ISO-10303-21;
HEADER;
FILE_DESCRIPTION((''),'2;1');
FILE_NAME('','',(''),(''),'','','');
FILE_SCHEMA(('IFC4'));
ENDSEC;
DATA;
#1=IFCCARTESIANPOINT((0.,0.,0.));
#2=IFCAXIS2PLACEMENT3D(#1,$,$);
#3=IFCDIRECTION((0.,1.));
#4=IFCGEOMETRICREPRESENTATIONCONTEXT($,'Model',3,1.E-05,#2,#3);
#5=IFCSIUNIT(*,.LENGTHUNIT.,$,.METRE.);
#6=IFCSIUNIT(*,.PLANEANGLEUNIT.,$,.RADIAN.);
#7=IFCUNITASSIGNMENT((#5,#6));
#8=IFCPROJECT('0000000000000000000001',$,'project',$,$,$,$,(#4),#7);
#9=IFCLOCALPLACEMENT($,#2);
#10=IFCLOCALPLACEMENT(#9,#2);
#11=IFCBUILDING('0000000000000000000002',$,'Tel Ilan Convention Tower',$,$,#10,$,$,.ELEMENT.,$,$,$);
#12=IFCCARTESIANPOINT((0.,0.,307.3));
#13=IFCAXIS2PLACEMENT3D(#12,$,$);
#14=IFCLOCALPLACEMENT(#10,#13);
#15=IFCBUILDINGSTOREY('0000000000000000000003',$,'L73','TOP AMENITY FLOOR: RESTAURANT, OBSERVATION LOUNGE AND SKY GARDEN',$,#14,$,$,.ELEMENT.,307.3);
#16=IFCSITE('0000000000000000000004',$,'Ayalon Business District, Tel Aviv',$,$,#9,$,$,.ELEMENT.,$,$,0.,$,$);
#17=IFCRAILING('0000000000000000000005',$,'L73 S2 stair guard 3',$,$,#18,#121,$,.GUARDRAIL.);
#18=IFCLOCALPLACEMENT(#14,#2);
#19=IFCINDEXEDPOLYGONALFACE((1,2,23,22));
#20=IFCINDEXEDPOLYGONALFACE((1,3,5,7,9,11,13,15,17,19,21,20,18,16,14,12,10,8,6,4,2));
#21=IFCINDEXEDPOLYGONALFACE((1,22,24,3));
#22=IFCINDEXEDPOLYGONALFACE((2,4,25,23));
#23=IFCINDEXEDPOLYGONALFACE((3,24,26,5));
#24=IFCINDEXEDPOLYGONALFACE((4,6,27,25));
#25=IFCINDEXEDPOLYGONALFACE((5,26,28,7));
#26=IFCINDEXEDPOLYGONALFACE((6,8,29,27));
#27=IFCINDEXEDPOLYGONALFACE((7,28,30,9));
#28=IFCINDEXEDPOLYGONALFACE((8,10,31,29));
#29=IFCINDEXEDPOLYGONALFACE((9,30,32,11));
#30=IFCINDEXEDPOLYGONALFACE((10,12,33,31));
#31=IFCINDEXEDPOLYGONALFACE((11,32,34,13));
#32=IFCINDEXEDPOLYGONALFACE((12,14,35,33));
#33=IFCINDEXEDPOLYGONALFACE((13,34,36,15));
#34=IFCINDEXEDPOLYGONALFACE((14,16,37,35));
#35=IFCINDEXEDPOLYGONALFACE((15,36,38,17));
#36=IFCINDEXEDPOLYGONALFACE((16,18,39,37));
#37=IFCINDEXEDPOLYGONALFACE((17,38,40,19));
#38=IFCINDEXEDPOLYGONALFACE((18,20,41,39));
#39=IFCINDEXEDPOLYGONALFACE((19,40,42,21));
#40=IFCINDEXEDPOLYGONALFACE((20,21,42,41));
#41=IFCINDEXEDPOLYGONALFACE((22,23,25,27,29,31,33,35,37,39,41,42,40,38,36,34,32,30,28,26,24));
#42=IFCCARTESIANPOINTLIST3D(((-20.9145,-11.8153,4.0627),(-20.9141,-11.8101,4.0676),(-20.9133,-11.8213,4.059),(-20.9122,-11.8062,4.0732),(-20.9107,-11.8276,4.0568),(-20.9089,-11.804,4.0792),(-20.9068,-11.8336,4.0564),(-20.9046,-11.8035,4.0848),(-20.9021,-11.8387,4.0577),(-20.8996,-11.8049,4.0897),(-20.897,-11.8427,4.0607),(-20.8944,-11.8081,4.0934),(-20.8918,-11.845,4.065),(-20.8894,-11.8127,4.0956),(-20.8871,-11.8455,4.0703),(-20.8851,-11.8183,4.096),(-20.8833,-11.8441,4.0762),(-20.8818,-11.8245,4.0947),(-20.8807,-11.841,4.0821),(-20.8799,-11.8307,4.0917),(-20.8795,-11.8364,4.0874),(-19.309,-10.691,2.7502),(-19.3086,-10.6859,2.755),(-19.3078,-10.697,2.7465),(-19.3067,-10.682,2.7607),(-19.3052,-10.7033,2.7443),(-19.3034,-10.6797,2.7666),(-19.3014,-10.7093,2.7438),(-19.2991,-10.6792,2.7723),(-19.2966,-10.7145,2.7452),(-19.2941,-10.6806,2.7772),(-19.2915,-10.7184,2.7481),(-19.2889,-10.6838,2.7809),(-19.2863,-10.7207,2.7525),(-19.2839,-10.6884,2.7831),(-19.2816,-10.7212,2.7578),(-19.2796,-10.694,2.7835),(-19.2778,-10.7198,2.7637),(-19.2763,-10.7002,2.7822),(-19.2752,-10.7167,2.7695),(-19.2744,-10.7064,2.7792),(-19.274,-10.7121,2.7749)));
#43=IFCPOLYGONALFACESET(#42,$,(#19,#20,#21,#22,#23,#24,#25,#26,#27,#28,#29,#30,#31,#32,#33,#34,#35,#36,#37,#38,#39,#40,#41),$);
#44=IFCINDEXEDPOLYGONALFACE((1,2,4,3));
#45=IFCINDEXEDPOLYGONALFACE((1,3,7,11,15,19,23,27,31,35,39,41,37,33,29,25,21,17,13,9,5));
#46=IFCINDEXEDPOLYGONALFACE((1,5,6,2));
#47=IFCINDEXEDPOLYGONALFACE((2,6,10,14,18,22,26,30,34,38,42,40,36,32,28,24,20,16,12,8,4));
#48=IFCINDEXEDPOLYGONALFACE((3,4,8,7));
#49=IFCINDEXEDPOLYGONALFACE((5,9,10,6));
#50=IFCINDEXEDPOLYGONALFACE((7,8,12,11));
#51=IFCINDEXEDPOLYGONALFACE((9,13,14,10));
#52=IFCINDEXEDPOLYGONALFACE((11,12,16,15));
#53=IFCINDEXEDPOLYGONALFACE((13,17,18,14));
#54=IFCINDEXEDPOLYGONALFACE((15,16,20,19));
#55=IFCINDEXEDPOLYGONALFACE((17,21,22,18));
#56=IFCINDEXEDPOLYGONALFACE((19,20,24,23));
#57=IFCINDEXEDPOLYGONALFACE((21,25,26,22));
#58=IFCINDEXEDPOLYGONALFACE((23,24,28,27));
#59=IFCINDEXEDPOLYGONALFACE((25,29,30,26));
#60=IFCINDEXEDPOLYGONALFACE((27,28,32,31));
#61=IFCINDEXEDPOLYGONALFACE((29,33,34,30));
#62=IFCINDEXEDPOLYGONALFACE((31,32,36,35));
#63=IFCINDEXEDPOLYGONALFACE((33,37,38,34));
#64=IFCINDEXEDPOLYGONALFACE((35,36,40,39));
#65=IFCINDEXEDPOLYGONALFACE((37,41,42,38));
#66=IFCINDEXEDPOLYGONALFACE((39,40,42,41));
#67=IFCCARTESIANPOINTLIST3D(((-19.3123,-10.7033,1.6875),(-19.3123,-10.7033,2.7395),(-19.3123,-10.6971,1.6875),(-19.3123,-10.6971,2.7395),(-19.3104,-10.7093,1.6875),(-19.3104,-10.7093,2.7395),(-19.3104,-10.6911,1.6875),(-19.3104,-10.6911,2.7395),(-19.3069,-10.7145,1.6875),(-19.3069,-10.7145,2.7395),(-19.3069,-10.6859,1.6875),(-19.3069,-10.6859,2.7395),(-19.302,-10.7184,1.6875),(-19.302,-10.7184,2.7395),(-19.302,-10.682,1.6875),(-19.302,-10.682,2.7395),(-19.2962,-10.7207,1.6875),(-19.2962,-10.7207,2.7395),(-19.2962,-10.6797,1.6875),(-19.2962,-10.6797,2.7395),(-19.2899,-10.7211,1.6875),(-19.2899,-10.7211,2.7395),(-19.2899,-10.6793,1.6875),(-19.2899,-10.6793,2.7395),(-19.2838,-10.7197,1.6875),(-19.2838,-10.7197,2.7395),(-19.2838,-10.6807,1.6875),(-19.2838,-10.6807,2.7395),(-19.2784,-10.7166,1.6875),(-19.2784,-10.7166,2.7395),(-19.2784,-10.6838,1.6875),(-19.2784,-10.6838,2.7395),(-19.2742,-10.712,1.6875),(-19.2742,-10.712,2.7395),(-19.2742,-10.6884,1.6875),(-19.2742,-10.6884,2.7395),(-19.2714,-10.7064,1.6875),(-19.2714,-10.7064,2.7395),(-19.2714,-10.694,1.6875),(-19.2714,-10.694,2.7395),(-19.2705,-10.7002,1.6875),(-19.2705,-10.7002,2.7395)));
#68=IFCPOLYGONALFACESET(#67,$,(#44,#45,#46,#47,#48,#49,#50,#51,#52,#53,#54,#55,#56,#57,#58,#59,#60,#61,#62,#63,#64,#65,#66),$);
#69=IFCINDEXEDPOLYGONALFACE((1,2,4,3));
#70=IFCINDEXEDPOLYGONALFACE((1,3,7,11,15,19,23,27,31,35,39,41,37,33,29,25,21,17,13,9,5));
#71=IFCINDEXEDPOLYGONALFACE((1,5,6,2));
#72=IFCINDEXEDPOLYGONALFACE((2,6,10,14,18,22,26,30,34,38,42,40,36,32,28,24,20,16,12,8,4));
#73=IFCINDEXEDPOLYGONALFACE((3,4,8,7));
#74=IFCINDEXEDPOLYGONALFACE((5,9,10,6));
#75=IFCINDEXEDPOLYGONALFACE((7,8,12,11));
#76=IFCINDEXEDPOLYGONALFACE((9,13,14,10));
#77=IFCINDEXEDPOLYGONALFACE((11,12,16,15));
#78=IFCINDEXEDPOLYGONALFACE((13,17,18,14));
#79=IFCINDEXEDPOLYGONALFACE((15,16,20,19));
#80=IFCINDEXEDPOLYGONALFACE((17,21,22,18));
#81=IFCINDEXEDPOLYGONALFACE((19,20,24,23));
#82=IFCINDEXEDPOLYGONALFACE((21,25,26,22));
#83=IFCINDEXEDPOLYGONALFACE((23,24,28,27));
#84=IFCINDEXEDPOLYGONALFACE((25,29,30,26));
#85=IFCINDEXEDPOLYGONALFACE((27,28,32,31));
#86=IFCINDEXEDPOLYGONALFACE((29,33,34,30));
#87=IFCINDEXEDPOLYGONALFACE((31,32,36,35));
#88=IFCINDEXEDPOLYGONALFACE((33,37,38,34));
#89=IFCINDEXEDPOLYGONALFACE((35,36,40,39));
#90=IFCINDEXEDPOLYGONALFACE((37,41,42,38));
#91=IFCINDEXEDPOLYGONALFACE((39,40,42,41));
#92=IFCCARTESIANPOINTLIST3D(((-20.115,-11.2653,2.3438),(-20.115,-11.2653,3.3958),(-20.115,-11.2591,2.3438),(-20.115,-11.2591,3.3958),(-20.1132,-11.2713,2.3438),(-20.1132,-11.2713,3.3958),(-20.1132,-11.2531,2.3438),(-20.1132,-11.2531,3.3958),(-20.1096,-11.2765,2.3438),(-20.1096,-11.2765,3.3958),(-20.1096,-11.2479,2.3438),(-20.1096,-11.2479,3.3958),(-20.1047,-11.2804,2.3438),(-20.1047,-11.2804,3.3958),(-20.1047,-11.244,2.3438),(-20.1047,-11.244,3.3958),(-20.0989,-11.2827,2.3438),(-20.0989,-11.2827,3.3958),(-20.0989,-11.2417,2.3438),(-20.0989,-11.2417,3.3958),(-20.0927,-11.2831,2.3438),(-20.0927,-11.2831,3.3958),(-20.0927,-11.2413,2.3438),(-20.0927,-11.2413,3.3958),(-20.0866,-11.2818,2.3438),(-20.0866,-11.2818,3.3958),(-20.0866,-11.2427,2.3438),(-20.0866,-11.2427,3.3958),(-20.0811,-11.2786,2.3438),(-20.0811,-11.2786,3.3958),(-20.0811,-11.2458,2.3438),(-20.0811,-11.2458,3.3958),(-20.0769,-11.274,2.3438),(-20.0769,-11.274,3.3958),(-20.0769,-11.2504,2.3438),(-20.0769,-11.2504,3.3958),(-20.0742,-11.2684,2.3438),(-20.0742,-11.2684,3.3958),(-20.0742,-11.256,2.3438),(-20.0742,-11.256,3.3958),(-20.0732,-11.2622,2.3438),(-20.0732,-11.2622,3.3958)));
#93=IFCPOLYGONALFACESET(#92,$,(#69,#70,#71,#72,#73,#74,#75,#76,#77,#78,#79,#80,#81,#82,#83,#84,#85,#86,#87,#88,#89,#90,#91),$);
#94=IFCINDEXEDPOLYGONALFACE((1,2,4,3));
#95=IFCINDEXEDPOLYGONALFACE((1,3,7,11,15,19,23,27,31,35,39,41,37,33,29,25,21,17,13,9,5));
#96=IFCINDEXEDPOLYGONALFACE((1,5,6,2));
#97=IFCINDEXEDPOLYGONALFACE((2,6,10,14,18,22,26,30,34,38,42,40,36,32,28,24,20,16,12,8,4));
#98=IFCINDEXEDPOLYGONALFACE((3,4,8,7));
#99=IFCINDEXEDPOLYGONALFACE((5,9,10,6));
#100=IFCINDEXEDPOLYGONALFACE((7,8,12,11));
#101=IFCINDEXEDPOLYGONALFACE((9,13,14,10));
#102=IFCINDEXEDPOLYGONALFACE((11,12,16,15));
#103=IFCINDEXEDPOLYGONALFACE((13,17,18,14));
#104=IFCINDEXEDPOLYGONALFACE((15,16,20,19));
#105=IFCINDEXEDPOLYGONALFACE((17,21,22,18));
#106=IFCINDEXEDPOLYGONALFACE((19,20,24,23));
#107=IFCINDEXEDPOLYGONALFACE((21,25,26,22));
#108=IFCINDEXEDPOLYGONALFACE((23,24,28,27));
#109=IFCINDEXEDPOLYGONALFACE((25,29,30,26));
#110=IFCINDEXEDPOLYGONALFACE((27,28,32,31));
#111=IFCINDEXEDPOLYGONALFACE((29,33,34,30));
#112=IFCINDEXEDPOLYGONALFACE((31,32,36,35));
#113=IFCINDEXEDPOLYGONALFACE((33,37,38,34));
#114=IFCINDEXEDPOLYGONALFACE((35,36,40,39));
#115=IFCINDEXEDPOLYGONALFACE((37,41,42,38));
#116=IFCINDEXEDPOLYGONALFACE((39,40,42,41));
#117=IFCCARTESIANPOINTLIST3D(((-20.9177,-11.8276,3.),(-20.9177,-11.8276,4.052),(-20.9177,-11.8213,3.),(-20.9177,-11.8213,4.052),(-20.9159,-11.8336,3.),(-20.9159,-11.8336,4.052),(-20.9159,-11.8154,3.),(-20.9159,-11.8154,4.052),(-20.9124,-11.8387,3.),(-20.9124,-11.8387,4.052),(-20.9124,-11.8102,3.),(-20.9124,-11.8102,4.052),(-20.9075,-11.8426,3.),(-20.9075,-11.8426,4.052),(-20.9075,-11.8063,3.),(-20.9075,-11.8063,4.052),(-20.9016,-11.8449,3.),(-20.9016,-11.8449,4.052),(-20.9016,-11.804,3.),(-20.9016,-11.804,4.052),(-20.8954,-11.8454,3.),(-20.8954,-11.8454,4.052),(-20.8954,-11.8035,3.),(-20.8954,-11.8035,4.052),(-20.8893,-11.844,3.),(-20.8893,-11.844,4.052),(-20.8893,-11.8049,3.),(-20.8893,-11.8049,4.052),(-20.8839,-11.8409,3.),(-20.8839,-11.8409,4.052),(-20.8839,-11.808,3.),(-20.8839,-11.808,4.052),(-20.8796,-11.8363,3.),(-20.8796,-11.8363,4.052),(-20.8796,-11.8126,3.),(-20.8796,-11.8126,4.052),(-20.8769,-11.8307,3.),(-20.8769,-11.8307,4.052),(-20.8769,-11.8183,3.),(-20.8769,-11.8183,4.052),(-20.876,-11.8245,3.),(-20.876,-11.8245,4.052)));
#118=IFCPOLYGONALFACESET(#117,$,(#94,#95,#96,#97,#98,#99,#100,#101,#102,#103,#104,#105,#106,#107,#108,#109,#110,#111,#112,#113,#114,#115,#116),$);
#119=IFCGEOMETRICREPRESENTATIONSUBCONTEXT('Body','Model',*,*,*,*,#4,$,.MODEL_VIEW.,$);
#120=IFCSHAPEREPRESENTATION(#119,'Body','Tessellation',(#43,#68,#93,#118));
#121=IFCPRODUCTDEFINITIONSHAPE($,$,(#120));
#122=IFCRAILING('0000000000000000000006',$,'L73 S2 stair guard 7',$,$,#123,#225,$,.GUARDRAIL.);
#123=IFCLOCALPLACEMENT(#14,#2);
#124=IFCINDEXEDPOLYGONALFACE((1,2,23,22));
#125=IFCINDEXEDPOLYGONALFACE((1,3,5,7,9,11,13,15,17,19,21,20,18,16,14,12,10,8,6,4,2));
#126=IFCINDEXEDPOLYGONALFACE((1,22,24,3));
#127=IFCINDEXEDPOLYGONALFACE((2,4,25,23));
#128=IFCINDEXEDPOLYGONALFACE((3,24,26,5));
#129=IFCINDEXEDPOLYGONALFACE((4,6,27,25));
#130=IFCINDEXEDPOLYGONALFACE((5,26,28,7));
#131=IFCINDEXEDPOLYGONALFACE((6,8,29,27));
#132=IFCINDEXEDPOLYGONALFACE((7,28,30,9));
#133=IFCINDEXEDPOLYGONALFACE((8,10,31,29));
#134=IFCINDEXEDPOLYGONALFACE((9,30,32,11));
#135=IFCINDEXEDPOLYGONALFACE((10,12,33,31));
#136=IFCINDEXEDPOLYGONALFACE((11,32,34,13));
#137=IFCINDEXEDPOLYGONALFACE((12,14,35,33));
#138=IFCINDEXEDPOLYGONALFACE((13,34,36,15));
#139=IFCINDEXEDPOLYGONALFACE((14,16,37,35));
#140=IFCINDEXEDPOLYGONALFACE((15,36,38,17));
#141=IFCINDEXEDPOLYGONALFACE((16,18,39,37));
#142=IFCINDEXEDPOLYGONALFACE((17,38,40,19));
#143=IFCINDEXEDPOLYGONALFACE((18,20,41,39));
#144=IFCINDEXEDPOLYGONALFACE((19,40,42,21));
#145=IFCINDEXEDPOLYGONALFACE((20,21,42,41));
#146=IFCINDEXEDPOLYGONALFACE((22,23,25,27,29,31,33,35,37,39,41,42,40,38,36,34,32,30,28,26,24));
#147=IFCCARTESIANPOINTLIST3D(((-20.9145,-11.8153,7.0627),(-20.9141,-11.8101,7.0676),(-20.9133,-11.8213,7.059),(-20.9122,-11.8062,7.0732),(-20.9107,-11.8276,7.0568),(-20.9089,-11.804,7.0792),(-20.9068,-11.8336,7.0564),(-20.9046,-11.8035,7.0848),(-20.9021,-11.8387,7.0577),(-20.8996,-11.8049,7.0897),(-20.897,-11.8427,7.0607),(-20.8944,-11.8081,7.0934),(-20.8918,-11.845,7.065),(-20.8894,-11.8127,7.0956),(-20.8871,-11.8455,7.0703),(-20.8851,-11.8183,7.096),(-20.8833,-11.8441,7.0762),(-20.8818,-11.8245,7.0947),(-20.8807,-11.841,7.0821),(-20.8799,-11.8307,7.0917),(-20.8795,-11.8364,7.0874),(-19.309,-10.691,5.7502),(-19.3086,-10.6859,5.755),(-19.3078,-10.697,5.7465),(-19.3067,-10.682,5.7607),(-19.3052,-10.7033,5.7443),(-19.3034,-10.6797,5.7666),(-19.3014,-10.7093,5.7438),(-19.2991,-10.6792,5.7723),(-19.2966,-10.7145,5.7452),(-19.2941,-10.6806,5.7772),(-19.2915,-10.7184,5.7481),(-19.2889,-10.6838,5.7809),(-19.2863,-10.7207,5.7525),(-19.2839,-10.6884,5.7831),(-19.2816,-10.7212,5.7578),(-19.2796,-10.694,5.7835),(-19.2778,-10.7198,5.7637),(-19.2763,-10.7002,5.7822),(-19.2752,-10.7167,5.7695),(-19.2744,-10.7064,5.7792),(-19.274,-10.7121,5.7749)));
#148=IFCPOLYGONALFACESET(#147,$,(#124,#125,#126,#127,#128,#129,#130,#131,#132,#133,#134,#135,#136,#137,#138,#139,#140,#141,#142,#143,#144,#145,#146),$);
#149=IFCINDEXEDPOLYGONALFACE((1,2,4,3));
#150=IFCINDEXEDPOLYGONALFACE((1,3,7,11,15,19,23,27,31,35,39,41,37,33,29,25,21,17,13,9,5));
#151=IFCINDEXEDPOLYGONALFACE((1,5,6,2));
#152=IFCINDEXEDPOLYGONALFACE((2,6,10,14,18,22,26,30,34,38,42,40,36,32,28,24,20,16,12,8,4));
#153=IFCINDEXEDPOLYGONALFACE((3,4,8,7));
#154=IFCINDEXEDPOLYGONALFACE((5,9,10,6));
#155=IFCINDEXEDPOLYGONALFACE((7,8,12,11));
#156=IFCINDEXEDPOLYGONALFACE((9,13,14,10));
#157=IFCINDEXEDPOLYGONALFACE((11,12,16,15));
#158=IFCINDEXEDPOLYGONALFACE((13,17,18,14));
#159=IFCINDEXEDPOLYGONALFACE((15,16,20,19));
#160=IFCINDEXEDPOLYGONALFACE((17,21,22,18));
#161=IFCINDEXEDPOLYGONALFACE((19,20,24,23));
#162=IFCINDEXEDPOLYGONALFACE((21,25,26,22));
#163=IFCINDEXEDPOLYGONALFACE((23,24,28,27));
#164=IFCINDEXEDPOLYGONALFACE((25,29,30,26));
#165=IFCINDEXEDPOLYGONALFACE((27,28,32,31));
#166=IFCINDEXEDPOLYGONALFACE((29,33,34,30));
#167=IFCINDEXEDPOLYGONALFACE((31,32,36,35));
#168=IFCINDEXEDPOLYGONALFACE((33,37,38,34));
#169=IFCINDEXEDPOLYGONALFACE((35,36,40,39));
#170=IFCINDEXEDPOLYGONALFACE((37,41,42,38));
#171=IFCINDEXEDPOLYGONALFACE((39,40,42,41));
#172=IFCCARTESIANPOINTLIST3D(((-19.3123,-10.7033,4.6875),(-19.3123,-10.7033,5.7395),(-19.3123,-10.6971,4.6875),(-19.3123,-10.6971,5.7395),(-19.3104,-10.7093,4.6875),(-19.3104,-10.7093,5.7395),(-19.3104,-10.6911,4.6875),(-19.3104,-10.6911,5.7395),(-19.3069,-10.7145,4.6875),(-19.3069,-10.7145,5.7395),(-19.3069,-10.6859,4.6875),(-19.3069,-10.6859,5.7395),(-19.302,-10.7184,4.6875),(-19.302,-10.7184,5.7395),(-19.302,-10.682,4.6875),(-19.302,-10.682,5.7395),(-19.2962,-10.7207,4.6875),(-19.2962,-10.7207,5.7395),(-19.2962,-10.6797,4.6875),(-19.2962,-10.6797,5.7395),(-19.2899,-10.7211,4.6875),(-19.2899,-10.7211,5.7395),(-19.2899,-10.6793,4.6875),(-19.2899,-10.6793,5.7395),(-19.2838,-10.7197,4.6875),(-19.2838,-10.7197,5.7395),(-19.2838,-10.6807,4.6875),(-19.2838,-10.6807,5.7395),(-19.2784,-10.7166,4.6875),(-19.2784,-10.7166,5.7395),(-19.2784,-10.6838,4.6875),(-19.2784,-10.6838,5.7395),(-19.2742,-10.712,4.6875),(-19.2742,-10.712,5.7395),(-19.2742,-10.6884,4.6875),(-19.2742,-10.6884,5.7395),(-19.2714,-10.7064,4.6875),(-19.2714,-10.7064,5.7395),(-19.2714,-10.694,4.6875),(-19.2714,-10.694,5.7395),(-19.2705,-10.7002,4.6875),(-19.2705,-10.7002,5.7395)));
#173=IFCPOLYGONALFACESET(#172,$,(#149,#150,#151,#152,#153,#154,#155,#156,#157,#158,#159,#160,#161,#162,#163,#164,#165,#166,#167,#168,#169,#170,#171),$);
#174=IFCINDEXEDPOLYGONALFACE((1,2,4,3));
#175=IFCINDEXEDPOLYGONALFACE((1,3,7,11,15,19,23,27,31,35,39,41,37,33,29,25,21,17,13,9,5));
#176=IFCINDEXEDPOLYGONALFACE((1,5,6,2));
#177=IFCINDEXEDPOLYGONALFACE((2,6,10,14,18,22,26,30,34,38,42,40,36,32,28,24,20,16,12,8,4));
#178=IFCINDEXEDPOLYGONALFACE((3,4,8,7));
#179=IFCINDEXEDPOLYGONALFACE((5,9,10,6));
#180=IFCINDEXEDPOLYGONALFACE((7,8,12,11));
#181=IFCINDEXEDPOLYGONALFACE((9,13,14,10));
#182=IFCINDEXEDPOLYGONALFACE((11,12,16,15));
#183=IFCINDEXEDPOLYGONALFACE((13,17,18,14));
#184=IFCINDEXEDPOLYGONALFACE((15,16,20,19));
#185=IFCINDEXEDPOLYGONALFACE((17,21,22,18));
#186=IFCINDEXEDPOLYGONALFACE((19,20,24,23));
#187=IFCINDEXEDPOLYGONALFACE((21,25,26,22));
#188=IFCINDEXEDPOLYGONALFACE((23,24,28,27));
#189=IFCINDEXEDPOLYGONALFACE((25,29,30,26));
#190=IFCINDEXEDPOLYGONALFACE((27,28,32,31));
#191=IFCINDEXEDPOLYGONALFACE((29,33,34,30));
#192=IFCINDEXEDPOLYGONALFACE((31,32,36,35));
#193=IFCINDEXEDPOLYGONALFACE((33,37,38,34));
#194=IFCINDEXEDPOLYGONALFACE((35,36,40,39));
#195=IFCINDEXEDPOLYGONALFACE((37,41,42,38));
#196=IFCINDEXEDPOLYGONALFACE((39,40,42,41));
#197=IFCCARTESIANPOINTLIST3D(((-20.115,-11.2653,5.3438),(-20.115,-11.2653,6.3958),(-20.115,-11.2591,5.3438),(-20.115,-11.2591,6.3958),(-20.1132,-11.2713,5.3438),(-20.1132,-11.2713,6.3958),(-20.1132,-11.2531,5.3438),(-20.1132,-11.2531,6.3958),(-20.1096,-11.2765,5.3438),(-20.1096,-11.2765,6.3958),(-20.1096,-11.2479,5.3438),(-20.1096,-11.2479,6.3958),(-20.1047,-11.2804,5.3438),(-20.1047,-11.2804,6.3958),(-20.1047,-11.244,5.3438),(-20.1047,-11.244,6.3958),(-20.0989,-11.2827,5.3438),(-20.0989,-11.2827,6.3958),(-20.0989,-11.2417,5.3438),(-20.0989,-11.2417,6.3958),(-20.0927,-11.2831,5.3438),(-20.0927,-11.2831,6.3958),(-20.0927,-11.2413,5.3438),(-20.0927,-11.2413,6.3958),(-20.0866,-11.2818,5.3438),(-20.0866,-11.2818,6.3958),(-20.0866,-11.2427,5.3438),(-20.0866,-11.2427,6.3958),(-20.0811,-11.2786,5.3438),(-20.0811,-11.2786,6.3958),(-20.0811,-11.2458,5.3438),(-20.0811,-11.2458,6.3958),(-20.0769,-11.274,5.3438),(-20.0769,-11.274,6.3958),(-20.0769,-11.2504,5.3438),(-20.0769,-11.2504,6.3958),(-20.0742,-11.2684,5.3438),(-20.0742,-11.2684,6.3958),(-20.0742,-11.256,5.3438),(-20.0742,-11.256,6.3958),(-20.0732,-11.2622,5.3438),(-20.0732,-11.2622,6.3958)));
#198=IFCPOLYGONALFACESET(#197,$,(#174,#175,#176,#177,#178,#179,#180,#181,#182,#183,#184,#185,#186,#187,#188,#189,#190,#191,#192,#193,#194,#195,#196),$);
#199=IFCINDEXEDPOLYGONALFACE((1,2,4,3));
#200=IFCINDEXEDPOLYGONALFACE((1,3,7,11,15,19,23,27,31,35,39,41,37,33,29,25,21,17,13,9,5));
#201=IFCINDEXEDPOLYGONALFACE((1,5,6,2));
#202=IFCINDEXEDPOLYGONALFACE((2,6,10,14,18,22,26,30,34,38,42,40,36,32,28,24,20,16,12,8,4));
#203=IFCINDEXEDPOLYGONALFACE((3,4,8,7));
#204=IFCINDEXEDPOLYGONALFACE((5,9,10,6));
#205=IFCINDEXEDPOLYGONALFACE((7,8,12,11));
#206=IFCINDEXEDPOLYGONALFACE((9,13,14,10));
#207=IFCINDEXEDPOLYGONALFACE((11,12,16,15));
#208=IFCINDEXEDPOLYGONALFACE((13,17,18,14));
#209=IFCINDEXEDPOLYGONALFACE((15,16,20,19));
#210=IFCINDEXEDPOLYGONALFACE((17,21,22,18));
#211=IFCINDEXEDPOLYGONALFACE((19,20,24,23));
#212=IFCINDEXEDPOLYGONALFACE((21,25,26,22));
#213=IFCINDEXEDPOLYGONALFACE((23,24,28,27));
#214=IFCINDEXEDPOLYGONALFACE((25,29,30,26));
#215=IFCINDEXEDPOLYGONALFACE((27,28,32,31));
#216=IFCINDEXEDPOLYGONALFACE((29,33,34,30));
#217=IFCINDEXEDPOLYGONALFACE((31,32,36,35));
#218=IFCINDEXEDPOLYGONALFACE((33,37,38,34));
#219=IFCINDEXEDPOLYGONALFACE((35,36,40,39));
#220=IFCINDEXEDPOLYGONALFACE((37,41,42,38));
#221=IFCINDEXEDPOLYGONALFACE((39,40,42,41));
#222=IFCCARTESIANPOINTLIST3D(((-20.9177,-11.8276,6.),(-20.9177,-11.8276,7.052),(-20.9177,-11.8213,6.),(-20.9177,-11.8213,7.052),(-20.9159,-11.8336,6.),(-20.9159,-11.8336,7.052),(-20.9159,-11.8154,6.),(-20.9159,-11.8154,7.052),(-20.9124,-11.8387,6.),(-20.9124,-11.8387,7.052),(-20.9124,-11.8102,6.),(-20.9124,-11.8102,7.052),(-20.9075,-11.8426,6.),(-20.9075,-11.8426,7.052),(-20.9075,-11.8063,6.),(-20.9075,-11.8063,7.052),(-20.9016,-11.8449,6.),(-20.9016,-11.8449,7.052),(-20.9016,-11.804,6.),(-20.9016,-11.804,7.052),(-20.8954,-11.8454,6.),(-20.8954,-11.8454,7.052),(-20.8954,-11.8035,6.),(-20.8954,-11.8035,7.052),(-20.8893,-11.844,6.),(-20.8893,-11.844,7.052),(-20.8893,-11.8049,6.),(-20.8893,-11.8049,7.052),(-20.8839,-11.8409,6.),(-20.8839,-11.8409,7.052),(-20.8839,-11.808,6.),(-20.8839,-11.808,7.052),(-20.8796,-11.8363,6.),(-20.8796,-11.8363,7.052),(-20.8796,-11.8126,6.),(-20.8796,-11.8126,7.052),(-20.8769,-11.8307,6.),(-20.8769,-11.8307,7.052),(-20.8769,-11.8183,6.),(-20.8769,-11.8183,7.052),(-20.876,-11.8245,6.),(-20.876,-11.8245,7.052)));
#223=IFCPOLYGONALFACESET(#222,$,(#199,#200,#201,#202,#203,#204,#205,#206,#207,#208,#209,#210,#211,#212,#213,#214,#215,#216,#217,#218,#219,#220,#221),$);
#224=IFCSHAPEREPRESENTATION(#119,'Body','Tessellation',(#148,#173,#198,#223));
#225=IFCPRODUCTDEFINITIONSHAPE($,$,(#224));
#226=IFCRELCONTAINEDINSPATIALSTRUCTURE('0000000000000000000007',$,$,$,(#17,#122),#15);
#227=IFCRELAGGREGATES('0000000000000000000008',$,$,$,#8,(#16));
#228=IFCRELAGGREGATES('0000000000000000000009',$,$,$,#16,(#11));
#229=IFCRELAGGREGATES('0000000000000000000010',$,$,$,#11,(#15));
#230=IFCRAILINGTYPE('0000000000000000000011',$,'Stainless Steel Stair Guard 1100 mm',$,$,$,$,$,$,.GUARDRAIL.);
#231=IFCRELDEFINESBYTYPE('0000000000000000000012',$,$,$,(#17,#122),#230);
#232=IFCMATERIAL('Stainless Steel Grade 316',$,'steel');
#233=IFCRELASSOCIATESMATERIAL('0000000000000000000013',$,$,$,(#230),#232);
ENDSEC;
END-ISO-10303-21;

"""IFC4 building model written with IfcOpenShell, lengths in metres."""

from ifc_helpers import new_model, si_unit, direction, frame, origin, origin_2d, place, context, subcontext, project, spatial, circle, extrude, material, type_object, element, save


model = new_model("IFC4")

# Units and contexts
model_context = context("Model", 3, precision=1e-05, world=origin(), true_north=direction((0.0, 1.0)))
body_context = subcontext(model_context, "Body", "Model", "MODEL_VIEW")
ifc_project = project(units=[si_unit("LENGTHUNIT", "METRE"), si_unit("PLANEANGLEUNIT", "RADIAN")], contexts=[model_context])

# Site, building, storey
site_placement = place(None, origin())
site = spatial("IfcSite", under=ifc_project, at=site_placement, Name="Ayalon Business District, Tel Aviv", CompositionType="ELEMENT", RefElevation=0.0)
building_placement = place(site_placement, origin())
building = spatial("IfcBuilding", under=site, at=building_placement, Name="Tel Ilan Convention Tower", CompositionType="ELEMENT")
storey_placement = place(building_placement, frame((0.0, 0.0, 307.3)))
storey = spatial("IfcBuildingStorey", under=building, at=storey_placement, Name="L73", Description="TOP AMENITY FLOOR: RESTAURANT, OBSERVATION LOUNGE AND SKY GARDEN", CompositionType="ELEMENT", Elevation=307.3)

# Railings
ifc_material_1 = material(Name="Stainless Steel Grade 316", Category="steel")
railing_type_1 = type_object("IfcRailingType", Name="Stainless Steel Stair Guard 1100 mm", PredefinedType="GUARDRAIL", material=ifc_material_1)
for number, where, name in (
    (1, (-19.2915, -10.7002, 1.6875), "L73 S2 stair guard 3"),
    (2, (-19.2915, -10.7002, 4.6875), "L73 S2 stair guard 7"),
):
    element("IfcRailing", number, at=place(storey_placement, frame(where)), inside=storey, type_object=railing_type_1, Name=name, PredefinedType="GUARDRAIL", context=body_context, shape_type="SweptSolid", body=[
        extrude(circle(Radius=0.0239, at=origin_2d()), frame((0.0, 0.0, 1.0762), z_axis=(-0.680616, -0.476617, 0.556416), x_axis=(0.573613, -0.819127, 0.0)), (0.0, 0.0, 1.0), 2.3589),
        extrude(circle(Radius=0.021, at=origin_2d()), origin(), (0.0, 0.0, 1.0), 1.052),
        extrude(circle(Radius=0.021, at=origin_2d()), frame((-0.8027, -0.562, 0.6562)), (0.0, 0.0, 1.0), 1.052),
        extrude(circle(Radius=0.021, at=origin_2d()), frame((-1.6055, -1.1243, 1.3125)), (0.0, 0.0, 1.0), 1.052),
    ])

save(model, "model.ifc")
